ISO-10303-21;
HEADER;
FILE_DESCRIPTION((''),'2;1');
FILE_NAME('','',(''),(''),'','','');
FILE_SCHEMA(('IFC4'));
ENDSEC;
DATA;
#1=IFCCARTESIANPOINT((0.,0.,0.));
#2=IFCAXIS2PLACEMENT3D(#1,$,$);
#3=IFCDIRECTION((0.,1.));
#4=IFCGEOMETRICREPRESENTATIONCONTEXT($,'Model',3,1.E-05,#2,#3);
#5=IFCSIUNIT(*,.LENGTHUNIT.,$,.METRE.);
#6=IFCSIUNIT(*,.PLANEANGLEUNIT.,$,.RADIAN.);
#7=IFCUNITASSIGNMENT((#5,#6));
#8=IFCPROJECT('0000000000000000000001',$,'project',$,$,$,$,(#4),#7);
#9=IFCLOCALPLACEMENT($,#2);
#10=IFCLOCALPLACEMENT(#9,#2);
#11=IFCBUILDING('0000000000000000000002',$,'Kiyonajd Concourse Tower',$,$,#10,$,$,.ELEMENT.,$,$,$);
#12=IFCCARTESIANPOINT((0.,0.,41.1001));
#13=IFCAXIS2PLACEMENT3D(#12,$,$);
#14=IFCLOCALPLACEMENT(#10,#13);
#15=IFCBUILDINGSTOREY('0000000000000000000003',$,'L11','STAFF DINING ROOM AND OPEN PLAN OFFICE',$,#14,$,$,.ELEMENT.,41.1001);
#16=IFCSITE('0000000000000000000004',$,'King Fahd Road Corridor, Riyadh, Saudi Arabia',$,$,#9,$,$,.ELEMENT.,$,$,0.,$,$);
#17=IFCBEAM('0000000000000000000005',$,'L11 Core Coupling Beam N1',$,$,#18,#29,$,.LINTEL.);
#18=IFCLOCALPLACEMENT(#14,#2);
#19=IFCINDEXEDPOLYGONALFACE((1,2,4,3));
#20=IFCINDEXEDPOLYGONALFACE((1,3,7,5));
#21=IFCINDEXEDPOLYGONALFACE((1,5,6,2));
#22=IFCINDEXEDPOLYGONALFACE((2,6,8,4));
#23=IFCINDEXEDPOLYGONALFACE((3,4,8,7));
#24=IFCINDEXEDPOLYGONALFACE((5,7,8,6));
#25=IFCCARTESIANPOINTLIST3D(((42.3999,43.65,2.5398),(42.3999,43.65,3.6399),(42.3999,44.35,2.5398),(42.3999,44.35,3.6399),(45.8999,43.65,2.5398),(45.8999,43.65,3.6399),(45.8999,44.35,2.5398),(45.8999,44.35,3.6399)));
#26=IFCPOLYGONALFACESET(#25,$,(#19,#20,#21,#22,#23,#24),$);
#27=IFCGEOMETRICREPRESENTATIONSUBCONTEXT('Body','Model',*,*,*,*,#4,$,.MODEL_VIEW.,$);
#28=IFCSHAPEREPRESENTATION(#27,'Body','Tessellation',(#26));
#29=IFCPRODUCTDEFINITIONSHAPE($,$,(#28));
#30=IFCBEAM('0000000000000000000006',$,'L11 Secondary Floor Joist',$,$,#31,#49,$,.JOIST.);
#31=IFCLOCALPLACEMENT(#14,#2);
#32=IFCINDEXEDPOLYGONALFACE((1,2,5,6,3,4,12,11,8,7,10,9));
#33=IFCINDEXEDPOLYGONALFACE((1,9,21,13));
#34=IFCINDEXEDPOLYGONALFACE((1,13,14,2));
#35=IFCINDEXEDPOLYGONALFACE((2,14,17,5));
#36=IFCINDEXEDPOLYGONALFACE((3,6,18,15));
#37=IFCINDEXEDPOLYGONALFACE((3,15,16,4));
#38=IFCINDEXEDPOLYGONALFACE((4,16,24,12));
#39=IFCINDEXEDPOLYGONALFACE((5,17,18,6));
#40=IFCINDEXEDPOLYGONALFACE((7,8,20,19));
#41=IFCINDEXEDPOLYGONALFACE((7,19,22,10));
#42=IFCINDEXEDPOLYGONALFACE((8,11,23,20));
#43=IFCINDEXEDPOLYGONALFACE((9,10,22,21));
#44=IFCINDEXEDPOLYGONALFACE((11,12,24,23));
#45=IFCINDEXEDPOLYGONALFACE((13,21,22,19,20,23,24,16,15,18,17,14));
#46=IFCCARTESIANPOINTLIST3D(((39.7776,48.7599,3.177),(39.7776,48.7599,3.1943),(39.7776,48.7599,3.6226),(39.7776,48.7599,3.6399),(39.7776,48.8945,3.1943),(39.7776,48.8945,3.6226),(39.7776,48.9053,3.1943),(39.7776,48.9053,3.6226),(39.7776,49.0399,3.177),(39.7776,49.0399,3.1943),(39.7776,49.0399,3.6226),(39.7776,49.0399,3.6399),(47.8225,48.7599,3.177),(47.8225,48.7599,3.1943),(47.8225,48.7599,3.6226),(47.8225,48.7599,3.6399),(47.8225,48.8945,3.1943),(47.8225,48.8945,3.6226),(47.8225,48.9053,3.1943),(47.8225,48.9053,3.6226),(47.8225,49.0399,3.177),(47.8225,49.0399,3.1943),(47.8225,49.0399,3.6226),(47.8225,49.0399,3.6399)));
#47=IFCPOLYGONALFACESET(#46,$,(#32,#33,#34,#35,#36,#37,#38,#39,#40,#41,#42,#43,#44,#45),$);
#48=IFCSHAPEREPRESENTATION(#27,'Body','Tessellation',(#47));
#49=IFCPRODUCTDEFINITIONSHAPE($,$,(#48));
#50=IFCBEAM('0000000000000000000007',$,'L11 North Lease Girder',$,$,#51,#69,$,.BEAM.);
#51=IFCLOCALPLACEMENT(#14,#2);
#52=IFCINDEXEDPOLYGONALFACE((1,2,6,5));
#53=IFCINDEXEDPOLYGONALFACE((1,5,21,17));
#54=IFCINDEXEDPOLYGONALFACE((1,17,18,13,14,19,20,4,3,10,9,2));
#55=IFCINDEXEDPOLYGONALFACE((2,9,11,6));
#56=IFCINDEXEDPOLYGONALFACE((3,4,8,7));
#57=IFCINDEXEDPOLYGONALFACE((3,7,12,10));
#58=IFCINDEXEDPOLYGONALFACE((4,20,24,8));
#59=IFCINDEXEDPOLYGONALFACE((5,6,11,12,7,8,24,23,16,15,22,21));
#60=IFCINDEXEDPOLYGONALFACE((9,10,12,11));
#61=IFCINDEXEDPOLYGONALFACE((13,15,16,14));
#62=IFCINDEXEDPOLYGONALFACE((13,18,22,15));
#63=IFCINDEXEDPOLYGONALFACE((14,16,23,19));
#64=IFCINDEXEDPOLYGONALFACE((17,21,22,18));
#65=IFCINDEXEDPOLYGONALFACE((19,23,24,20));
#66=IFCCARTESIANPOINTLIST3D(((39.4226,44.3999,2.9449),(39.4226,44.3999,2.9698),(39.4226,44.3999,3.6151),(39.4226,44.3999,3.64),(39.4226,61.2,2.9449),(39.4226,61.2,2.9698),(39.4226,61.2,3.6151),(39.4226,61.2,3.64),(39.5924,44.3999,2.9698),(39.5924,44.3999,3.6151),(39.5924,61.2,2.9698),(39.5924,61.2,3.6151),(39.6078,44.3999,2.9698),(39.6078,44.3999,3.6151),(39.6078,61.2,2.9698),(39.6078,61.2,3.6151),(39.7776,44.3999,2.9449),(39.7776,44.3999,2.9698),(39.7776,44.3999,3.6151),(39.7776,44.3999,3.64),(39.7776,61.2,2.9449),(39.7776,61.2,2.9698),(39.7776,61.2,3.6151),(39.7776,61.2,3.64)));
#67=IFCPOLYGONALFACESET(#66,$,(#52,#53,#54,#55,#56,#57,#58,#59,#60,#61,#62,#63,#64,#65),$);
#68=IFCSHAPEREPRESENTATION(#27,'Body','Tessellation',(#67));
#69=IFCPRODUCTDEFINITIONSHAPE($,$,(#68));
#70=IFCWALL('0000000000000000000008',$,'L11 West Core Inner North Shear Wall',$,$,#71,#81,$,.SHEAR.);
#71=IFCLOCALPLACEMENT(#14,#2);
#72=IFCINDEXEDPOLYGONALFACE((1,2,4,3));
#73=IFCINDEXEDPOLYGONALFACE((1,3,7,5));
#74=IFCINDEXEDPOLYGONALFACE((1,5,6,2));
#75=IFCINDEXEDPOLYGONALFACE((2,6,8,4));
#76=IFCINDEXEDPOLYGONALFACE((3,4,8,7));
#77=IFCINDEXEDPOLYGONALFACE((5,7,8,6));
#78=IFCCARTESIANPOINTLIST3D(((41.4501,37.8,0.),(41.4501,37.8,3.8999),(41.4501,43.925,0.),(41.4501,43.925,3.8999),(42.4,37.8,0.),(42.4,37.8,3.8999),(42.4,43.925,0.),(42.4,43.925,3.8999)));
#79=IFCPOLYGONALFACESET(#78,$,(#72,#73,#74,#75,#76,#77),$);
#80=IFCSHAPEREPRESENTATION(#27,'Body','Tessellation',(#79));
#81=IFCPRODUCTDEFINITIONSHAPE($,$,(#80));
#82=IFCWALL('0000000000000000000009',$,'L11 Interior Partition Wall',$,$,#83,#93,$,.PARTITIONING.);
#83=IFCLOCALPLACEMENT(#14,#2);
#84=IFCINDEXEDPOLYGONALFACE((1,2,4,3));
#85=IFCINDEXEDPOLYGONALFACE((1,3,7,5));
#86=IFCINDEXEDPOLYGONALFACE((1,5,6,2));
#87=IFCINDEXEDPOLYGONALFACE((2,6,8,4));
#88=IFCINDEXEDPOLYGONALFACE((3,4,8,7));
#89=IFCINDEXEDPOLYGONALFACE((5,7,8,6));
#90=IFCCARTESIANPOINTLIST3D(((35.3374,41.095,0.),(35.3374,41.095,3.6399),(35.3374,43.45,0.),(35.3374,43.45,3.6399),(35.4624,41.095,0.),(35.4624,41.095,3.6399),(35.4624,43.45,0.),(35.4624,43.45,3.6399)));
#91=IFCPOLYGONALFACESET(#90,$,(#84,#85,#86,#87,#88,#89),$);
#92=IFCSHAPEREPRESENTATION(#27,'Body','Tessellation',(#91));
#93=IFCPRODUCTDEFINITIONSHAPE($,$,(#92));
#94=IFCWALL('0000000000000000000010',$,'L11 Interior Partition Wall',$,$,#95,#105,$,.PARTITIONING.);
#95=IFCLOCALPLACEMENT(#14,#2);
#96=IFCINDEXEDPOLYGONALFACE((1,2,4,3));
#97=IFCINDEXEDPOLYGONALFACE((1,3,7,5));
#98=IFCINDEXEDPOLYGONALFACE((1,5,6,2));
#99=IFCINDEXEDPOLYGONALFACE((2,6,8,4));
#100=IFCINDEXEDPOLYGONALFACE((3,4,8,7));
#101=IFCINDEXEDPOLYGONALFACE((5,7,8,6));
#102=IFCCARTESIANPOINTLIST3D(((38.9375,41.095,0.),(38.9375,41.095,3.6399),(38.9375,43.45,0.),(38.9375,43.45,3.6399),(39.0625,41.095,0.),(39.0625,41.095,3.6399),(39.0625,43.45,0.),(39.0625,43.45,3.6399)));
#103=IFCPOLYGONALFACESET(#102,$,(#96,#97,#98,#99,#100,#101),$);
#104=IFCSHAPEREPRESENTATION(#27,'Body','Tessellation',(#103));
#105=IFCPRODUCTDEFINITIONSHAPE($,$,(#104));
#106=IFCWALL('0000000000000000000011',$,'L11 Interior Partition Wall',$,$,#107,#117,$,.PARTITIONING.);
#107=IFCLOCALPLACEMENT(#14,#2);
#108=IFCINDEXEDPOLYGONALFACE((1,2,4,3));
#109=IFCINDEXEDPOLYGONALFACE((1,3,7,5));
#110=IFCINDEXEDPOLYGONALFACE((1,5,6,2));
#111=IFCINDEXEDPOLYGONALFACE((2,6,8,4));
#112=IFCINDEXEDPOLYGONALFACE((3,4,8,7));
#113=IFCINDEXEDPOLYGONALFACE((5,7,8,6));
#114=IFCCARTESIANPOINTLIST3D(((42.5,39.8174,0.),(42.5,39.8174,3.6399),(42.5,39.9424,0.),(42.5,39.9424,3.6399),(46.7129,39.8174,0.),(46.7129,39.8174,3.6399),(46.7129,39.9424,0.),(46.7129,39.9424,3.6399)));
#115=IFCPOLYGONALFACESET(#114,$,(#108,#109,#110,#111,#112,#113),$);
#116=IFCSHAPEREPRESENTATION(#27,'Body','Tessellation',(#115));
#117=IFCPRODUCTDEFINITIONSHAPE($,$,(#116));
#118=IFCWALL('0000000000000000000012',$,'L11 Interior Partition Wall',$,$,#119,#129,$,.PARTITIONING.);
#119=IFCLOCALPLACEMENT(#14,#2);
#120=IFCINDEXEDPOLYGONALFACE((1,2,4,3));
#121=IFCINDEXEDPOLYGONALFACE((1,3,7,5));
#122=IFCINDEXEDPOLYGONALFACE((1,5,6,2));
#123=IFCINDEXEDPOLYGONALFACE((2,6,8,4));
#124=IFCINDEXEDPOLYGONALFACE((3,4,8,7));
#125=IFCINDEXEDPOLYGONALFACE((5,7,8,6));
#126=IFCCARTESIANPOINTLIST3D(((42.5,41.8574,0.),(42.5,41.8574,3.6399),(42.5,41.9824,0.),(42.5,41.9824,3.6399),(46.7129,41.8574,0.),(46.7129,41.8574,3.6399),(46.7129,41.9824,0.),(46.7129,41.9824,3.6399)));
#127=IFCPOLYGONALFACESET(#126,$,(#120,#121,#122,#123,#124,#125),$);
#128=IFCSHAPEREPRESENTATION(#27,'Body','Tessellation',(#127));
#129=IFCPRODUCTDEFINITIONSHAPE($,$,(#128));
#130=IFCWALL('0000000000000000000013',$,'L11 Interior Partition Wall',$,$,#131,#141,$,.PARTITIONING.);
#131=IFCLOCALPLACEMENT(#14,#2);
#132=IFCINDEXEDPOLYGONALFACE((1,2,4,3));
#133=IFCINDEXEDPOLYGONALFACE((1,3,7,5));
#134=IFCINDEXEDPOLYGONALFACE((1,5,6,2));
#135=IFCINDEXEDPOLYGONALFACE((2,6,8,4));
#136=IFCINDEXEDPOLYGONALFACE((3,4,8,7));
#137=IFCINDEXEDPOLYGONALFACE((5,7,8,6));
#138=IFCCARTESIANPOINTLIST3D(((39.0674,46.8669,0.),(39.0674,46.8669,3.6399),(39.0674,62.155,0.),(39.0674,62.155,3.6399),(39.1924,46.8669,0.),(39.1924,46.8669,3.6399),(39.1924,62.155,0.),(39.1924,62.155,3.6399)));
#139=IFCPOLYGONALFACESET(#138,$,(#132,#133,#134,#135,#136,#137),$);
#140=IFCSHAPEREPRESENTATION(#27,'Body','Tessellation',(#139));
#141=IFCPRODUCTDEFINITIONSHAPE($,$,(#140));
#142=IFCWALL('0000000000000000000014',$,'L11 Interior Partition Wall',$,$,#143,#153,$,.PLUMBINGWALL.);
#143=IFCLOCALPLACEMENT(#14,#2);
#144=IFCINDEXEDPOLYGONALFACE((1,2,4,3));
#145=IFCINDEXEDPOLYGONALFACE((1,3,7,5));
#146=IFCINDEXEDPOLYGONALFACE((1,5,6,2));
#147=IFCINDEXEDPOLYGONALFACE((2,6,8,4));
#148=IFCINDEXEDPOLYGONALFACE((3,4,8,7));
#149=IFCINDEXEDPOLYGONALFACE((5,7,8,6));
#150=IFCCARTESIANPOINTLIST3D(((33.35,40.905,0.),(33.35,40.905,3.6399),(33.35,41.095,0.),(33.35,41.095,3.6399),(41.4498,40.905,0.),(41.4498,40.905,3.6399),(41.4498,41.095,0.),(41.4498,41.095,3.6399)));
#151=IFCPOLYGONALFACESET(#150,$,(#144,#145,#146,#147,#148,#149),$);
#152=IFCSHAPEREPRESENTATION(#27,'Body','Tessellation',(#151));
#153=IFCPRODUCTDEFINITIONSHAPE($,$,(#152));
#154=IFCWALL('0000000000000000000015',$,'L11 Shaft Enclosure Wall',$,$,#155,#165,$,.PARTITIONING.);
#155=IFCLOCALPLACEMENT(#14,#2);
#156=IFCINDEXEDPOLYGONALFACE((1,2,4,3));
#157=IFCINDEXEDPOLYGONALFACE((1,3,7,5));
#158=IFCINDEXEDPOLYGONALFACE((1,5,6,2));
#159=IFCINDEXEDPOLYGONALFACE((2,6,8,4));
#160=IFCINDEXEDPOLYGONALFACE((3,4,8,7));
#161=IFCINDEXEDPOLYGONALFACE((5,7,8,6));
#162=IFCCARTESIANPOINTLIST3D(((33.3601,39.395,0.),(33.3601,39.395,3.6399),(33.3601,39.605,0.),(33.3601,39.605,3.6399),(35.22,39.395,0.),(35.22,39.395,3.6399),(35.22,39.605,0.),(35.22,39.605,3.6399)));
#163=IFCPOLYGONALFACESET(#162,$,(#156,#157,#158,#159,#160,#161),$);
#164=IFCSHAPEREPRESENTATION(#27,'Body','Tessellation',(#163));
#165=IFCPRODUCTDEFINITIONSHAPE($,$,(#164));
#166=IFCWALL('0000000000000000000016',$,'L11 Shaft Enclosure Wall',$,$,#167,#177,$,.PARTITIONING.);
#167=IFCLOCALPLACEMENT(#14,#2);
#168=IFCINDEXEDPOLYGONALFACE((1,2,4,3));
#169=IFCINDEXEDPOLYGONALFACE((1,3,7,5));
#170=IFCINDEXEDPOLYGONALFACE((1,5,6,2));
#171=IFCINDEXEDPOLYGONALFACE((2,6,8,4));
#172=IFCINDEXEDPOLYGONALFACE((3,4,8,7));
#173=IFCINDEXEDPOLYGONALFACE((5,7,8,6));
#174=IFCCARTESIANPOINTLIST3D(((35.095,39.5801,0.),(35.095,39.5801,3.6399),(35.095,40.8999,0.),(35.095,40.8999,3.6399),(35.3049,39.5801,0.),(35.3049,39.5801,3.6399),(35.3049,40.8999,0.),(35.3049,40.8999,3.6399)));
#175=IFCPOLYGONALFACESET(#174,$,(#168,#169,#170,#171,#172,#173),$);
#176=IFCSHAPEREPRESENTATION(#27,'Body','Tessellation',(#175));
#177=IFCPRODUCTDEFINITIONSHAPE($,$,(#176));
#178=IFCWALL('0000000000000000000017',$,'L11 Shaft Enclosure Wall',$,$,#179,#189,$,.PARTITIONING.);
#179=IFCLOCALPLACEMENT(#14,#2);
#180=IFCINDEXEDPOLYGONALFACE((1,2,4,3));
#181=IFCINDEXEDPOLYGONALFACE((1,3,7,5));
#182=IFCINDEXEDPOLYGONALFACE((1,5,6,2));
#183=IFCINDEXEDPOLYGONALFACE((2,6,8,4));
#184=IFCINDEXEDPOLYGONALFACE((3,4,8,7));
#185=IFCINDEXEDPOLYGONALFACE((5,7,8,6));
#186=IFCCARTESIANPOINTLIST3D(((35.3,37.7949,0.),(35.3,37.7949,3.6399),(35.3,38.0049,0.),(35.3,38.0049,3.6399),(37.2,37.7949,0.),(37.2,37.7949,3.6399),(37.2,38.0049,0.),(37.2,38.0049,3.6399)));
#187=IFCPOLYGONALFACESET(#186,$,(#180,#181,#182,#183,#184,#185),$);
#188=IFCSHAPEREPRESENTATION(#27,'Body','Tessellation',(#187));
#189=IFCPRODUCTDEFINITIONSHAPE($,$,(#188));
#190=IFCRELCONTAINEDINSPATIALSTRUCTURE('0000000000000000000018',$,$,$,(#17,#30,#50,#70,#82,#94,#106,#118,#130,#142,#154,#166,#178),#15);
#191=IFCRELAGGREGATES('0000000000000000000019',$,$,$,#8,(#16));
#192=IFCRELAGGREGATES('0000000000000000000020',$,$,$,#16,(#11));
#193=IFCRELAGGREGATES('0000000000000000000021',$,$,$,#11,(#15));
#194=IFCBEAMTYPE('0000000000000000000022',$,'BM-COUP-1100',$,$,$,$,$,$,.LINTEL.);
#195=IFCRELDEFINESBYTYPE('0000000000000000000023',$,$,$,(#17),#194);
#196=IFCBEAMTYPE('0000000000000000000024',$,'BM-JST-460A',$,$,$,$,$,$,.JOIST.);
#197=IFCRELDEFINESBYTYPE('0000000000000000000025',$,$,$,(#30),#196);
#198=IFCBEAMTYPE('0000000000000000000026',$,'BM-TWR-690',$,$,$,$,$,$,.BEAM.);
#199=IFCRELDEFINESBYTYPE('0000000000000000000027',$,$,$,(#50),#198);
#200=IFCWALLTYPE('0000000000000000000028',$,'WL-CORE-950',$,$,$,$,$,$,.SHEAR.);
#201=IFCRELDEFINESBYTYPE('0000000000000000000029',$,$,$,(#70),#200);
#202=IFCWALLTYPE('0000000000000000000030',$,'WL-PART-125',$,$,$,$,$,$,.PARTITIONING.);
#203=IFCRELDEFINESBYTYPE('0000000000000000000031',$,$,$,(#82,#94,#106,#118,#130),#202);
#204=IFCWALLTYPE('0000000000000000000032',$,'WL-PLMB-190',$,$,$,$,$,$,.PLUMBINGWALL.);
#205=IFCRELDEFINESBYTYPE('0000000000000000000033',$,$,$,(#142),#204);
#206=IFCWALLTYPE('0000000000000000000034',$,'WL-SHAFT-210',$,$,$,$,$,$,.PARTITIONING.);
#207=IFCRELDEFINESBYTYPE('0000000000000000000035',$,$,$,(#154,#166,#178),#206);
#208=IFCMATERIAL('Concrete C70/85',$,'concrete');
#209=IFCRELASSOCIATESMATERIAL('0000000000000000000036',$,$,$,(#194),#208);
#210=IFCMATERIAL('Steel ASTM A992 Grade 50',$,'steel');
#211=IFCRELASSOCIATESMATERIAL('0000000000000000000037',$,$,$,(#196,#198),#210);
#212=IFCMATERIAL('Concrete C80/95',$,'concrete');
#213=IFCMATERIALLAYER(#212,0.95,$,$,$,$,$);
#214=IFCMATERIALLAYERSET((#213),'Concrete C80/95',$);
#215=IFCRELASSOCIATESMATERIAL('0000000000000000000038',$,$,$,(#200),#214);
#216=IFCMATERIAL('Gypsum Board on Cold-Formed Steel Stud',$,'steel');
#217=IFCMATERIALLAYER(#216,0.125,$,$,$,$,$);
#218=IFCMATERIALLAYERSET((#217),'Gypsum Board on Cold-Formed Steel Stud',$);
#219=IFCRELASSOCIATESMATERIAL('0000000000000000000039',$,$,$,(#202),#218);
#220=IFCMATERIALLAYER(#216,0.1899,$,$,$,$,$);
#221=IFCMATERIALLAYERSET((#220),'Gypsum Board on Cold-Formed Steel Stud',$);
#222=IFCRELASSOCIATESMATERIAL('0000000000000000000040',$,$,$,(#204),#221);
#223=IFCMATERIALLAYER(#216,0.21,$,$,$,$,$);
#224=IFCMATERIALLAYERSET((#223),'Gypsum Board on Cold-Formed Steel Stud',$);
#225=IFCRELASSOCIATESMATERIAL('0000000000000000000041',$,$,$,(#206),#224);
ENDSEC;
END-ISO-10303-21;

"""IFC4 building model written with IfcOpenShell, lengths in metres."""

from ifc_helpers import new_model, si_unit, direction, frame, frame_2d, origin, origin_2d, place, context, subcontext, project, spatial, rectangle, i_section, extrude, material, layer, layer_set, material_profile, profile_set, type_object, element, save


model = new_model("IFC4")

# Units and contexts
model_context = context("Model", 3, precision=1e-05, world=origin(), true_north=direction((0.0, 1.0)))
body_context = subcontext(model_context, "Body", "Model", "MODEL_VIEW")
ifc_project = project(units=[si_unit("LENGTHUNIT", "METRE"), si_unit("PLANEANGLEUNIT", "RADIAN")], contexts=[model_context])

# Site, building, storey
site_placement = place(None, origin())
site = spatial("IfcSite", under=ifc_project, at=site_placement, Name="King Fahd Road Corridor, Riyadh, Saudi Arabia", CompositionType="ELEMENT", RefElevation=0.0)
building_placement = place(site_placement, origin())
building = spatial("IfcBuilding", under=site, at=building_placement, Name="Kiyonajd Concourse Tower", CompositionType="ELEMENT")
storey_placement = place(building_placement, frame((0.0, 0.0, 41.1001)))
storey = spatial("IfcBuildingStorey", under=building, at=storey_placement, Name="L11", Description="STAFF DINING ROOM AND OPEN PLAN OFFICE", CompositionType="ELEMENT", Elevation=41.1001)

# Beams
ifc_material_1 = material(Name="Concrete C70/85", Category="concrete")
ifc_material_profile_1 = material_profile(ifc_material_1, rectangle(XDim=0.7, YDim=1.1001, at=origin_2d()), Name="RCBM-700x1100")
ifc_profile_set_1 = profile_set([ifc_material_profile_1], Name="Concrete C70/85")
beam_type_1 = type_object("IfcBeamType", Name="BM-COUP-1100", PredefinedType="LINTEL", material=ifc_profile_set_1)
beam_1_placement = place(storey_placement, frame((42.3999, 44.0, 3.0898), z_axis=(1.0, 0.0, 0.0), x_axis=(0.0, 1.0, 0.0)))
element("IfcBeam", 1, at=beam_1_placement, inside=storey, type_object=beam_type_1, Name="L11 Core Coupling Beam N1", PredefinedType="LINTEL", context=body_context, shape_type="SweptSolid", body=[
    extrude(rectangle(XDim=0.7, YDim=1.1001, at=origin_2d()), origin(), (0.0, 0.0, 1.0), 3.5),
])
ifc_material_2 = material(Name="Steel ASTM A992 Grade 50", Category="steel")
ifc_material_profile_2 = material_profile(ifc_material_2, i_section(OverallWidth=0.28, OverallDepth=0.4629, WebThickness=0.0107, FlangeThickness=0.0173, at=origin_2d()), Name="W460X113")
ifc_profile_set_2 = profile_set([ifc_material_profile_2], Name="Steel ASTM A992 Grade 50")
beam_type_2 = type_object("IfcBeamType", Name="BM-JST-460A", PredefinedType="JOIST", material=ifc_profile_set_2)
beam_2_placement = place(storey_placement, frame((39.7776, 48.8999, 3.4084), z_axis=(1.0, 0.0, 0.0), x_axis=(0.0, 1.0, 0.0)))
element("IfcBeam", 2, at=beam_2_placement, inside=storey, type_object=beam_type_2, Name="L11 Secondary Floor Joist", PredefinedType="JOIST", context=body_context, shape_type="SweptSolid", body=[
    extrude(i_section(OverallWidth=0.28, OverallDepth=0.4629, WebThickness=0.0107, FlangeThickness=0.0173, at=origin_2d()), origin(), (0.0, 0.0, 1.0), 8.0449),
])
ifc_material_profile_3 = material_profile(ifc_material_2, i_section(OverallWidth=0.355, OverallDepth=0.6951, WebThickness=0.0154, FlangeThickness=0.0249, at=origin_2d()), Name="W690X217")
ifc_profile_set_3 = profile_set([ifc_material_profile_3], Name="Steel ASTM A992 Grade 50")
beam_type_3 = type_object("IfcBeamType", Name="BM-TWR-690", PredefinedType="BEAM", material=ifc_profile_set_3)
beam_3_placement = place(storey_placement, frame((39.6001, 44.3999, 3.2925), z_axis=(0.0, 1.0, 0.0), x_axis=(-1.0, 0.0, 0.0)))
element("IfcBeam", 3, at=beam_3_placement, inside=storey, type_object=beam_type_3, Name="L11 North Lease Girder", PredefinedType="BEAM", context=body_context, shape_type="SweptSolid", body=[
    extrude(i_section(OverallWidth=0.355, OverallDepth=0.6951, WebThickness=0.0154, FlangeThickness=0.0249, at=origin_2d()), origin(), (0.0, 0.0, 1.0), 16.8),
])

# Walls
ifc_material_3 = material(Name="Concrete C80/95", Category="concrete")
ifc_layer_1 = layer(ifc_material_3, 0.95)
ifc_layer_set_1 = layer_set([ifc_layer_1], Name="Concrete C80/95")
wall_type_1 = type_object("IfcWallType", Name="WL-CORE-950", PredefinedType="SHEAR", material=ifc_layer_set_1)
wall_1_placement = place(storey_placement, frame((41.925, 37.8, 0.0), z_axis=(0.0, 0.0, 1.0), x_axis=(0.0, 1.0, 0.0)))
element("IfcWall", 4, at=wall_1_placement, inside=storey, type_object=wall_type_1, Name="L11 West Core Inner North Shear Wall", PredefinedType="SHEAR", context=body_context, shape_type="SweptSolid", body=[
    extrude(rectangle(XDim=6.125, YDim=0.95, at=frame_2d((3.0625, 0.0))), origin(), (0.0, 0.0, 1.0), 3.8999),
])
ifc_material_4 = material(Name="Gypsum Board on Cold-Formed Steel Stud", Category="steel")
ifc_layer_2 = layer(ifc_material_4, 0.125)
ifc_layer_set_2 = layer_set([ifc_layer_2], Name="Gypsum Board on Cold-Formed Steel Stud")
wall_type_2 = type_object("IfcWallType", Name="WL-PART-125", PredefinedType="PARTITIONING", material=ifc_layer_set_2)
for number, where, z_axis, x_axis, name in (
    (5, (35.3999, 41.095, 0.0), (0.0, 0.0, 1.0), (0.0, 1.0, 0.0), "L11 Interior Partition Wall"),
    (6, (39.0, 41.095, 0.0), (0.0, 0.0, 1.0), (0.0, 1.0, 0.0), "L11 Interior Partition Wall"),
):
    element("IfcWall", number, at=place(storey_placement, frame(where, z_axis=z_axis, x_axis=x_axis)), inside=storey, type_object=wall_type_2, Name=name, PredefinedType="PARTITIONING", context=body_context, shape_type="SweptSolid", body=[
        extrude(rectangle(XDim=2.355, YDim=0.125, at=frame_2d((1.1775, 0.0))), origin(), (0.0, 0.0, 1.0), 3.6399),
    ])
for number, where, z_axis, x_axis, name in (
    (7, (42.5, 39.8799, 0.0), (0.0, 0.0, 1.0), (1.0, 0.0, 0.0), "L11 Interior Partition Wall"),
    (8, (42.5, 41.9199, 0.0), (0.0, 0.0, 1.0), (1.0, 0.0, 0.0), "L11 Interior Partition Wall"),
):
    element("IfcWall", number, at=place(storey_placement, frame(where, z_axis=z_axis, x_axis=x_axis)), inside=storey, type_object=wall_type_2, Name=name, PredefinedType="PARTITIONING", context=body_context, shape_type="SweptSolid", body=[
        extrude(rectangle(XDim=4.2129, YDim=0.125, at=frame_2d((2.1064, 0.0))), origin(), (0.0, 0.0, 1.0), 3.6399),
    ])
wall_2_placement = place(storey_placement, frame((39.1299, 46.8669, 0.0), z_axis=(0.0, 0.0, 1.0), x_axis=(0.0, 1.0, 0.0)))
element("IfcWall", 9, at=wall_2_placement, inside=storey, type_object=wall_type_2, Name="L11 Interior Partition Wall", PredefinedType="PARTITIONING", context=body_context, shape_type="SweptSolid", body=[
    extrude(rectangle(XDim=15.2881, YDim=0.125, at=frame_2d((7.644, 0.0))), origin(), (0.0, 0.0, 1.0), 3.6399),
])
ifc_layer_3 = layer(ifc_material_4, 0.1899)
ifc_layer_set_3 = layer_set([ifc_layer_3], Name="Gypsum Board on Cold-Formed Steel Stud")
wall_type_3 = type_object("IfcWallType", Name="WL-PLMB-190", PredefinedType="PLUMBINGWALL", material=ifc_layer_set_3)
wall_3_placement = place(storey_placement, frame((33.3501, 41.0, 0.0), z_axis=(0.0, 0.0, 1.0), x_axis=(1.0, 0.0, 0.0)))
element("IfcWall", 10, at=wall_3_placement, inside=storey, type_object=wall_type_3, Name="L11 Interior Partition Wall", PredefinedType="PLUMBINGWALL", context=body_context, shape_type="SweptSolid", body=[
    extrude(rectangle(XDim=8.0999, YDim=0.1899, at=frame_2d((4.0498, 0.0))), origin(), (0.0, 0.0, 1.0), 3.6399),
])
ifc_layer_4 = layer(ifc_material_4, 0.21)
ifc_layer_set_4 = layer_set([ifc_layer_4], Name="Gypsum Board on Cold-Formed Steel Stud")
wall_type_4 = type_object("IfcWallType", Name="WL-SHAFT-210", PredefinedType="PARTITIONING", material=ifc_layer_set_4)
wall_4_placement = place(storey_placement, frame((33.3601, 39.5, 0.0), z_axis=(0.0, 0.0, 1.0), x_axis=(1.0, 0.0, 0.0)))
element("IfcWall", 11, at=wall_4_placement, inside=storey, type_object=wall_type_4, Name="L11 Shaft Enclosure Wall", PredefinedType="PARTITIONING", context=body_context, shape_type="SweptSolid", body=[
    extrude(rectangle(XDim=1.8599, YDim=0.21, at=frame_2d((0.9299, 0.0))), origin(), (0.0, 0.0, 1.0), 3.6399),
])
wall_5_placement = place(storey_placement, frame((35.2, 39.5801, 0.0), z_axis=(0.0, 0.0, 1.0), x_axis=(0.0, 1.0, 0.0)))
element("IfcWall", 12, at=wall_5_placement, inside=storey, type_object=wall_type_4, Name="L11 Shaft Enclosure Wall", PredefinedType="PARTITIONING", context=body_context, shape_type="SweptSolid", body=[
    extrude(rectangle(XDim=1.3198, YDim=0.21, at=frame_2d((0.6599, 0.0))), origin(), (0.0, 0.0, 1.0), 3.6399),
])
for number, where, z_axis, x_axis, name in (
    (13, (35.3, 37.8999, 0.0), (0.0, 0.0, 1.0), (1.0, 0.0, 0.0), "L11 Shaft Enclosure Wall"),
):
    element("IfcWall", number, at=place(storey_placement, frame(where, z_axis=z_axis, x_axis=x_axis)), inside=storey, type_object=wall_type_4, Name=name, PredefinedType="PARTITIONING", context=body_context, shape_type="SweptSolid", body=[
        extrude(rectangle(XDim=1.8999, YDim=0.21, at=frame_2d((0.95, 0.0))), origin(), (0.0, 0.0, 1.0), 3.6399),
    ])

save(model, "model.ifc")
